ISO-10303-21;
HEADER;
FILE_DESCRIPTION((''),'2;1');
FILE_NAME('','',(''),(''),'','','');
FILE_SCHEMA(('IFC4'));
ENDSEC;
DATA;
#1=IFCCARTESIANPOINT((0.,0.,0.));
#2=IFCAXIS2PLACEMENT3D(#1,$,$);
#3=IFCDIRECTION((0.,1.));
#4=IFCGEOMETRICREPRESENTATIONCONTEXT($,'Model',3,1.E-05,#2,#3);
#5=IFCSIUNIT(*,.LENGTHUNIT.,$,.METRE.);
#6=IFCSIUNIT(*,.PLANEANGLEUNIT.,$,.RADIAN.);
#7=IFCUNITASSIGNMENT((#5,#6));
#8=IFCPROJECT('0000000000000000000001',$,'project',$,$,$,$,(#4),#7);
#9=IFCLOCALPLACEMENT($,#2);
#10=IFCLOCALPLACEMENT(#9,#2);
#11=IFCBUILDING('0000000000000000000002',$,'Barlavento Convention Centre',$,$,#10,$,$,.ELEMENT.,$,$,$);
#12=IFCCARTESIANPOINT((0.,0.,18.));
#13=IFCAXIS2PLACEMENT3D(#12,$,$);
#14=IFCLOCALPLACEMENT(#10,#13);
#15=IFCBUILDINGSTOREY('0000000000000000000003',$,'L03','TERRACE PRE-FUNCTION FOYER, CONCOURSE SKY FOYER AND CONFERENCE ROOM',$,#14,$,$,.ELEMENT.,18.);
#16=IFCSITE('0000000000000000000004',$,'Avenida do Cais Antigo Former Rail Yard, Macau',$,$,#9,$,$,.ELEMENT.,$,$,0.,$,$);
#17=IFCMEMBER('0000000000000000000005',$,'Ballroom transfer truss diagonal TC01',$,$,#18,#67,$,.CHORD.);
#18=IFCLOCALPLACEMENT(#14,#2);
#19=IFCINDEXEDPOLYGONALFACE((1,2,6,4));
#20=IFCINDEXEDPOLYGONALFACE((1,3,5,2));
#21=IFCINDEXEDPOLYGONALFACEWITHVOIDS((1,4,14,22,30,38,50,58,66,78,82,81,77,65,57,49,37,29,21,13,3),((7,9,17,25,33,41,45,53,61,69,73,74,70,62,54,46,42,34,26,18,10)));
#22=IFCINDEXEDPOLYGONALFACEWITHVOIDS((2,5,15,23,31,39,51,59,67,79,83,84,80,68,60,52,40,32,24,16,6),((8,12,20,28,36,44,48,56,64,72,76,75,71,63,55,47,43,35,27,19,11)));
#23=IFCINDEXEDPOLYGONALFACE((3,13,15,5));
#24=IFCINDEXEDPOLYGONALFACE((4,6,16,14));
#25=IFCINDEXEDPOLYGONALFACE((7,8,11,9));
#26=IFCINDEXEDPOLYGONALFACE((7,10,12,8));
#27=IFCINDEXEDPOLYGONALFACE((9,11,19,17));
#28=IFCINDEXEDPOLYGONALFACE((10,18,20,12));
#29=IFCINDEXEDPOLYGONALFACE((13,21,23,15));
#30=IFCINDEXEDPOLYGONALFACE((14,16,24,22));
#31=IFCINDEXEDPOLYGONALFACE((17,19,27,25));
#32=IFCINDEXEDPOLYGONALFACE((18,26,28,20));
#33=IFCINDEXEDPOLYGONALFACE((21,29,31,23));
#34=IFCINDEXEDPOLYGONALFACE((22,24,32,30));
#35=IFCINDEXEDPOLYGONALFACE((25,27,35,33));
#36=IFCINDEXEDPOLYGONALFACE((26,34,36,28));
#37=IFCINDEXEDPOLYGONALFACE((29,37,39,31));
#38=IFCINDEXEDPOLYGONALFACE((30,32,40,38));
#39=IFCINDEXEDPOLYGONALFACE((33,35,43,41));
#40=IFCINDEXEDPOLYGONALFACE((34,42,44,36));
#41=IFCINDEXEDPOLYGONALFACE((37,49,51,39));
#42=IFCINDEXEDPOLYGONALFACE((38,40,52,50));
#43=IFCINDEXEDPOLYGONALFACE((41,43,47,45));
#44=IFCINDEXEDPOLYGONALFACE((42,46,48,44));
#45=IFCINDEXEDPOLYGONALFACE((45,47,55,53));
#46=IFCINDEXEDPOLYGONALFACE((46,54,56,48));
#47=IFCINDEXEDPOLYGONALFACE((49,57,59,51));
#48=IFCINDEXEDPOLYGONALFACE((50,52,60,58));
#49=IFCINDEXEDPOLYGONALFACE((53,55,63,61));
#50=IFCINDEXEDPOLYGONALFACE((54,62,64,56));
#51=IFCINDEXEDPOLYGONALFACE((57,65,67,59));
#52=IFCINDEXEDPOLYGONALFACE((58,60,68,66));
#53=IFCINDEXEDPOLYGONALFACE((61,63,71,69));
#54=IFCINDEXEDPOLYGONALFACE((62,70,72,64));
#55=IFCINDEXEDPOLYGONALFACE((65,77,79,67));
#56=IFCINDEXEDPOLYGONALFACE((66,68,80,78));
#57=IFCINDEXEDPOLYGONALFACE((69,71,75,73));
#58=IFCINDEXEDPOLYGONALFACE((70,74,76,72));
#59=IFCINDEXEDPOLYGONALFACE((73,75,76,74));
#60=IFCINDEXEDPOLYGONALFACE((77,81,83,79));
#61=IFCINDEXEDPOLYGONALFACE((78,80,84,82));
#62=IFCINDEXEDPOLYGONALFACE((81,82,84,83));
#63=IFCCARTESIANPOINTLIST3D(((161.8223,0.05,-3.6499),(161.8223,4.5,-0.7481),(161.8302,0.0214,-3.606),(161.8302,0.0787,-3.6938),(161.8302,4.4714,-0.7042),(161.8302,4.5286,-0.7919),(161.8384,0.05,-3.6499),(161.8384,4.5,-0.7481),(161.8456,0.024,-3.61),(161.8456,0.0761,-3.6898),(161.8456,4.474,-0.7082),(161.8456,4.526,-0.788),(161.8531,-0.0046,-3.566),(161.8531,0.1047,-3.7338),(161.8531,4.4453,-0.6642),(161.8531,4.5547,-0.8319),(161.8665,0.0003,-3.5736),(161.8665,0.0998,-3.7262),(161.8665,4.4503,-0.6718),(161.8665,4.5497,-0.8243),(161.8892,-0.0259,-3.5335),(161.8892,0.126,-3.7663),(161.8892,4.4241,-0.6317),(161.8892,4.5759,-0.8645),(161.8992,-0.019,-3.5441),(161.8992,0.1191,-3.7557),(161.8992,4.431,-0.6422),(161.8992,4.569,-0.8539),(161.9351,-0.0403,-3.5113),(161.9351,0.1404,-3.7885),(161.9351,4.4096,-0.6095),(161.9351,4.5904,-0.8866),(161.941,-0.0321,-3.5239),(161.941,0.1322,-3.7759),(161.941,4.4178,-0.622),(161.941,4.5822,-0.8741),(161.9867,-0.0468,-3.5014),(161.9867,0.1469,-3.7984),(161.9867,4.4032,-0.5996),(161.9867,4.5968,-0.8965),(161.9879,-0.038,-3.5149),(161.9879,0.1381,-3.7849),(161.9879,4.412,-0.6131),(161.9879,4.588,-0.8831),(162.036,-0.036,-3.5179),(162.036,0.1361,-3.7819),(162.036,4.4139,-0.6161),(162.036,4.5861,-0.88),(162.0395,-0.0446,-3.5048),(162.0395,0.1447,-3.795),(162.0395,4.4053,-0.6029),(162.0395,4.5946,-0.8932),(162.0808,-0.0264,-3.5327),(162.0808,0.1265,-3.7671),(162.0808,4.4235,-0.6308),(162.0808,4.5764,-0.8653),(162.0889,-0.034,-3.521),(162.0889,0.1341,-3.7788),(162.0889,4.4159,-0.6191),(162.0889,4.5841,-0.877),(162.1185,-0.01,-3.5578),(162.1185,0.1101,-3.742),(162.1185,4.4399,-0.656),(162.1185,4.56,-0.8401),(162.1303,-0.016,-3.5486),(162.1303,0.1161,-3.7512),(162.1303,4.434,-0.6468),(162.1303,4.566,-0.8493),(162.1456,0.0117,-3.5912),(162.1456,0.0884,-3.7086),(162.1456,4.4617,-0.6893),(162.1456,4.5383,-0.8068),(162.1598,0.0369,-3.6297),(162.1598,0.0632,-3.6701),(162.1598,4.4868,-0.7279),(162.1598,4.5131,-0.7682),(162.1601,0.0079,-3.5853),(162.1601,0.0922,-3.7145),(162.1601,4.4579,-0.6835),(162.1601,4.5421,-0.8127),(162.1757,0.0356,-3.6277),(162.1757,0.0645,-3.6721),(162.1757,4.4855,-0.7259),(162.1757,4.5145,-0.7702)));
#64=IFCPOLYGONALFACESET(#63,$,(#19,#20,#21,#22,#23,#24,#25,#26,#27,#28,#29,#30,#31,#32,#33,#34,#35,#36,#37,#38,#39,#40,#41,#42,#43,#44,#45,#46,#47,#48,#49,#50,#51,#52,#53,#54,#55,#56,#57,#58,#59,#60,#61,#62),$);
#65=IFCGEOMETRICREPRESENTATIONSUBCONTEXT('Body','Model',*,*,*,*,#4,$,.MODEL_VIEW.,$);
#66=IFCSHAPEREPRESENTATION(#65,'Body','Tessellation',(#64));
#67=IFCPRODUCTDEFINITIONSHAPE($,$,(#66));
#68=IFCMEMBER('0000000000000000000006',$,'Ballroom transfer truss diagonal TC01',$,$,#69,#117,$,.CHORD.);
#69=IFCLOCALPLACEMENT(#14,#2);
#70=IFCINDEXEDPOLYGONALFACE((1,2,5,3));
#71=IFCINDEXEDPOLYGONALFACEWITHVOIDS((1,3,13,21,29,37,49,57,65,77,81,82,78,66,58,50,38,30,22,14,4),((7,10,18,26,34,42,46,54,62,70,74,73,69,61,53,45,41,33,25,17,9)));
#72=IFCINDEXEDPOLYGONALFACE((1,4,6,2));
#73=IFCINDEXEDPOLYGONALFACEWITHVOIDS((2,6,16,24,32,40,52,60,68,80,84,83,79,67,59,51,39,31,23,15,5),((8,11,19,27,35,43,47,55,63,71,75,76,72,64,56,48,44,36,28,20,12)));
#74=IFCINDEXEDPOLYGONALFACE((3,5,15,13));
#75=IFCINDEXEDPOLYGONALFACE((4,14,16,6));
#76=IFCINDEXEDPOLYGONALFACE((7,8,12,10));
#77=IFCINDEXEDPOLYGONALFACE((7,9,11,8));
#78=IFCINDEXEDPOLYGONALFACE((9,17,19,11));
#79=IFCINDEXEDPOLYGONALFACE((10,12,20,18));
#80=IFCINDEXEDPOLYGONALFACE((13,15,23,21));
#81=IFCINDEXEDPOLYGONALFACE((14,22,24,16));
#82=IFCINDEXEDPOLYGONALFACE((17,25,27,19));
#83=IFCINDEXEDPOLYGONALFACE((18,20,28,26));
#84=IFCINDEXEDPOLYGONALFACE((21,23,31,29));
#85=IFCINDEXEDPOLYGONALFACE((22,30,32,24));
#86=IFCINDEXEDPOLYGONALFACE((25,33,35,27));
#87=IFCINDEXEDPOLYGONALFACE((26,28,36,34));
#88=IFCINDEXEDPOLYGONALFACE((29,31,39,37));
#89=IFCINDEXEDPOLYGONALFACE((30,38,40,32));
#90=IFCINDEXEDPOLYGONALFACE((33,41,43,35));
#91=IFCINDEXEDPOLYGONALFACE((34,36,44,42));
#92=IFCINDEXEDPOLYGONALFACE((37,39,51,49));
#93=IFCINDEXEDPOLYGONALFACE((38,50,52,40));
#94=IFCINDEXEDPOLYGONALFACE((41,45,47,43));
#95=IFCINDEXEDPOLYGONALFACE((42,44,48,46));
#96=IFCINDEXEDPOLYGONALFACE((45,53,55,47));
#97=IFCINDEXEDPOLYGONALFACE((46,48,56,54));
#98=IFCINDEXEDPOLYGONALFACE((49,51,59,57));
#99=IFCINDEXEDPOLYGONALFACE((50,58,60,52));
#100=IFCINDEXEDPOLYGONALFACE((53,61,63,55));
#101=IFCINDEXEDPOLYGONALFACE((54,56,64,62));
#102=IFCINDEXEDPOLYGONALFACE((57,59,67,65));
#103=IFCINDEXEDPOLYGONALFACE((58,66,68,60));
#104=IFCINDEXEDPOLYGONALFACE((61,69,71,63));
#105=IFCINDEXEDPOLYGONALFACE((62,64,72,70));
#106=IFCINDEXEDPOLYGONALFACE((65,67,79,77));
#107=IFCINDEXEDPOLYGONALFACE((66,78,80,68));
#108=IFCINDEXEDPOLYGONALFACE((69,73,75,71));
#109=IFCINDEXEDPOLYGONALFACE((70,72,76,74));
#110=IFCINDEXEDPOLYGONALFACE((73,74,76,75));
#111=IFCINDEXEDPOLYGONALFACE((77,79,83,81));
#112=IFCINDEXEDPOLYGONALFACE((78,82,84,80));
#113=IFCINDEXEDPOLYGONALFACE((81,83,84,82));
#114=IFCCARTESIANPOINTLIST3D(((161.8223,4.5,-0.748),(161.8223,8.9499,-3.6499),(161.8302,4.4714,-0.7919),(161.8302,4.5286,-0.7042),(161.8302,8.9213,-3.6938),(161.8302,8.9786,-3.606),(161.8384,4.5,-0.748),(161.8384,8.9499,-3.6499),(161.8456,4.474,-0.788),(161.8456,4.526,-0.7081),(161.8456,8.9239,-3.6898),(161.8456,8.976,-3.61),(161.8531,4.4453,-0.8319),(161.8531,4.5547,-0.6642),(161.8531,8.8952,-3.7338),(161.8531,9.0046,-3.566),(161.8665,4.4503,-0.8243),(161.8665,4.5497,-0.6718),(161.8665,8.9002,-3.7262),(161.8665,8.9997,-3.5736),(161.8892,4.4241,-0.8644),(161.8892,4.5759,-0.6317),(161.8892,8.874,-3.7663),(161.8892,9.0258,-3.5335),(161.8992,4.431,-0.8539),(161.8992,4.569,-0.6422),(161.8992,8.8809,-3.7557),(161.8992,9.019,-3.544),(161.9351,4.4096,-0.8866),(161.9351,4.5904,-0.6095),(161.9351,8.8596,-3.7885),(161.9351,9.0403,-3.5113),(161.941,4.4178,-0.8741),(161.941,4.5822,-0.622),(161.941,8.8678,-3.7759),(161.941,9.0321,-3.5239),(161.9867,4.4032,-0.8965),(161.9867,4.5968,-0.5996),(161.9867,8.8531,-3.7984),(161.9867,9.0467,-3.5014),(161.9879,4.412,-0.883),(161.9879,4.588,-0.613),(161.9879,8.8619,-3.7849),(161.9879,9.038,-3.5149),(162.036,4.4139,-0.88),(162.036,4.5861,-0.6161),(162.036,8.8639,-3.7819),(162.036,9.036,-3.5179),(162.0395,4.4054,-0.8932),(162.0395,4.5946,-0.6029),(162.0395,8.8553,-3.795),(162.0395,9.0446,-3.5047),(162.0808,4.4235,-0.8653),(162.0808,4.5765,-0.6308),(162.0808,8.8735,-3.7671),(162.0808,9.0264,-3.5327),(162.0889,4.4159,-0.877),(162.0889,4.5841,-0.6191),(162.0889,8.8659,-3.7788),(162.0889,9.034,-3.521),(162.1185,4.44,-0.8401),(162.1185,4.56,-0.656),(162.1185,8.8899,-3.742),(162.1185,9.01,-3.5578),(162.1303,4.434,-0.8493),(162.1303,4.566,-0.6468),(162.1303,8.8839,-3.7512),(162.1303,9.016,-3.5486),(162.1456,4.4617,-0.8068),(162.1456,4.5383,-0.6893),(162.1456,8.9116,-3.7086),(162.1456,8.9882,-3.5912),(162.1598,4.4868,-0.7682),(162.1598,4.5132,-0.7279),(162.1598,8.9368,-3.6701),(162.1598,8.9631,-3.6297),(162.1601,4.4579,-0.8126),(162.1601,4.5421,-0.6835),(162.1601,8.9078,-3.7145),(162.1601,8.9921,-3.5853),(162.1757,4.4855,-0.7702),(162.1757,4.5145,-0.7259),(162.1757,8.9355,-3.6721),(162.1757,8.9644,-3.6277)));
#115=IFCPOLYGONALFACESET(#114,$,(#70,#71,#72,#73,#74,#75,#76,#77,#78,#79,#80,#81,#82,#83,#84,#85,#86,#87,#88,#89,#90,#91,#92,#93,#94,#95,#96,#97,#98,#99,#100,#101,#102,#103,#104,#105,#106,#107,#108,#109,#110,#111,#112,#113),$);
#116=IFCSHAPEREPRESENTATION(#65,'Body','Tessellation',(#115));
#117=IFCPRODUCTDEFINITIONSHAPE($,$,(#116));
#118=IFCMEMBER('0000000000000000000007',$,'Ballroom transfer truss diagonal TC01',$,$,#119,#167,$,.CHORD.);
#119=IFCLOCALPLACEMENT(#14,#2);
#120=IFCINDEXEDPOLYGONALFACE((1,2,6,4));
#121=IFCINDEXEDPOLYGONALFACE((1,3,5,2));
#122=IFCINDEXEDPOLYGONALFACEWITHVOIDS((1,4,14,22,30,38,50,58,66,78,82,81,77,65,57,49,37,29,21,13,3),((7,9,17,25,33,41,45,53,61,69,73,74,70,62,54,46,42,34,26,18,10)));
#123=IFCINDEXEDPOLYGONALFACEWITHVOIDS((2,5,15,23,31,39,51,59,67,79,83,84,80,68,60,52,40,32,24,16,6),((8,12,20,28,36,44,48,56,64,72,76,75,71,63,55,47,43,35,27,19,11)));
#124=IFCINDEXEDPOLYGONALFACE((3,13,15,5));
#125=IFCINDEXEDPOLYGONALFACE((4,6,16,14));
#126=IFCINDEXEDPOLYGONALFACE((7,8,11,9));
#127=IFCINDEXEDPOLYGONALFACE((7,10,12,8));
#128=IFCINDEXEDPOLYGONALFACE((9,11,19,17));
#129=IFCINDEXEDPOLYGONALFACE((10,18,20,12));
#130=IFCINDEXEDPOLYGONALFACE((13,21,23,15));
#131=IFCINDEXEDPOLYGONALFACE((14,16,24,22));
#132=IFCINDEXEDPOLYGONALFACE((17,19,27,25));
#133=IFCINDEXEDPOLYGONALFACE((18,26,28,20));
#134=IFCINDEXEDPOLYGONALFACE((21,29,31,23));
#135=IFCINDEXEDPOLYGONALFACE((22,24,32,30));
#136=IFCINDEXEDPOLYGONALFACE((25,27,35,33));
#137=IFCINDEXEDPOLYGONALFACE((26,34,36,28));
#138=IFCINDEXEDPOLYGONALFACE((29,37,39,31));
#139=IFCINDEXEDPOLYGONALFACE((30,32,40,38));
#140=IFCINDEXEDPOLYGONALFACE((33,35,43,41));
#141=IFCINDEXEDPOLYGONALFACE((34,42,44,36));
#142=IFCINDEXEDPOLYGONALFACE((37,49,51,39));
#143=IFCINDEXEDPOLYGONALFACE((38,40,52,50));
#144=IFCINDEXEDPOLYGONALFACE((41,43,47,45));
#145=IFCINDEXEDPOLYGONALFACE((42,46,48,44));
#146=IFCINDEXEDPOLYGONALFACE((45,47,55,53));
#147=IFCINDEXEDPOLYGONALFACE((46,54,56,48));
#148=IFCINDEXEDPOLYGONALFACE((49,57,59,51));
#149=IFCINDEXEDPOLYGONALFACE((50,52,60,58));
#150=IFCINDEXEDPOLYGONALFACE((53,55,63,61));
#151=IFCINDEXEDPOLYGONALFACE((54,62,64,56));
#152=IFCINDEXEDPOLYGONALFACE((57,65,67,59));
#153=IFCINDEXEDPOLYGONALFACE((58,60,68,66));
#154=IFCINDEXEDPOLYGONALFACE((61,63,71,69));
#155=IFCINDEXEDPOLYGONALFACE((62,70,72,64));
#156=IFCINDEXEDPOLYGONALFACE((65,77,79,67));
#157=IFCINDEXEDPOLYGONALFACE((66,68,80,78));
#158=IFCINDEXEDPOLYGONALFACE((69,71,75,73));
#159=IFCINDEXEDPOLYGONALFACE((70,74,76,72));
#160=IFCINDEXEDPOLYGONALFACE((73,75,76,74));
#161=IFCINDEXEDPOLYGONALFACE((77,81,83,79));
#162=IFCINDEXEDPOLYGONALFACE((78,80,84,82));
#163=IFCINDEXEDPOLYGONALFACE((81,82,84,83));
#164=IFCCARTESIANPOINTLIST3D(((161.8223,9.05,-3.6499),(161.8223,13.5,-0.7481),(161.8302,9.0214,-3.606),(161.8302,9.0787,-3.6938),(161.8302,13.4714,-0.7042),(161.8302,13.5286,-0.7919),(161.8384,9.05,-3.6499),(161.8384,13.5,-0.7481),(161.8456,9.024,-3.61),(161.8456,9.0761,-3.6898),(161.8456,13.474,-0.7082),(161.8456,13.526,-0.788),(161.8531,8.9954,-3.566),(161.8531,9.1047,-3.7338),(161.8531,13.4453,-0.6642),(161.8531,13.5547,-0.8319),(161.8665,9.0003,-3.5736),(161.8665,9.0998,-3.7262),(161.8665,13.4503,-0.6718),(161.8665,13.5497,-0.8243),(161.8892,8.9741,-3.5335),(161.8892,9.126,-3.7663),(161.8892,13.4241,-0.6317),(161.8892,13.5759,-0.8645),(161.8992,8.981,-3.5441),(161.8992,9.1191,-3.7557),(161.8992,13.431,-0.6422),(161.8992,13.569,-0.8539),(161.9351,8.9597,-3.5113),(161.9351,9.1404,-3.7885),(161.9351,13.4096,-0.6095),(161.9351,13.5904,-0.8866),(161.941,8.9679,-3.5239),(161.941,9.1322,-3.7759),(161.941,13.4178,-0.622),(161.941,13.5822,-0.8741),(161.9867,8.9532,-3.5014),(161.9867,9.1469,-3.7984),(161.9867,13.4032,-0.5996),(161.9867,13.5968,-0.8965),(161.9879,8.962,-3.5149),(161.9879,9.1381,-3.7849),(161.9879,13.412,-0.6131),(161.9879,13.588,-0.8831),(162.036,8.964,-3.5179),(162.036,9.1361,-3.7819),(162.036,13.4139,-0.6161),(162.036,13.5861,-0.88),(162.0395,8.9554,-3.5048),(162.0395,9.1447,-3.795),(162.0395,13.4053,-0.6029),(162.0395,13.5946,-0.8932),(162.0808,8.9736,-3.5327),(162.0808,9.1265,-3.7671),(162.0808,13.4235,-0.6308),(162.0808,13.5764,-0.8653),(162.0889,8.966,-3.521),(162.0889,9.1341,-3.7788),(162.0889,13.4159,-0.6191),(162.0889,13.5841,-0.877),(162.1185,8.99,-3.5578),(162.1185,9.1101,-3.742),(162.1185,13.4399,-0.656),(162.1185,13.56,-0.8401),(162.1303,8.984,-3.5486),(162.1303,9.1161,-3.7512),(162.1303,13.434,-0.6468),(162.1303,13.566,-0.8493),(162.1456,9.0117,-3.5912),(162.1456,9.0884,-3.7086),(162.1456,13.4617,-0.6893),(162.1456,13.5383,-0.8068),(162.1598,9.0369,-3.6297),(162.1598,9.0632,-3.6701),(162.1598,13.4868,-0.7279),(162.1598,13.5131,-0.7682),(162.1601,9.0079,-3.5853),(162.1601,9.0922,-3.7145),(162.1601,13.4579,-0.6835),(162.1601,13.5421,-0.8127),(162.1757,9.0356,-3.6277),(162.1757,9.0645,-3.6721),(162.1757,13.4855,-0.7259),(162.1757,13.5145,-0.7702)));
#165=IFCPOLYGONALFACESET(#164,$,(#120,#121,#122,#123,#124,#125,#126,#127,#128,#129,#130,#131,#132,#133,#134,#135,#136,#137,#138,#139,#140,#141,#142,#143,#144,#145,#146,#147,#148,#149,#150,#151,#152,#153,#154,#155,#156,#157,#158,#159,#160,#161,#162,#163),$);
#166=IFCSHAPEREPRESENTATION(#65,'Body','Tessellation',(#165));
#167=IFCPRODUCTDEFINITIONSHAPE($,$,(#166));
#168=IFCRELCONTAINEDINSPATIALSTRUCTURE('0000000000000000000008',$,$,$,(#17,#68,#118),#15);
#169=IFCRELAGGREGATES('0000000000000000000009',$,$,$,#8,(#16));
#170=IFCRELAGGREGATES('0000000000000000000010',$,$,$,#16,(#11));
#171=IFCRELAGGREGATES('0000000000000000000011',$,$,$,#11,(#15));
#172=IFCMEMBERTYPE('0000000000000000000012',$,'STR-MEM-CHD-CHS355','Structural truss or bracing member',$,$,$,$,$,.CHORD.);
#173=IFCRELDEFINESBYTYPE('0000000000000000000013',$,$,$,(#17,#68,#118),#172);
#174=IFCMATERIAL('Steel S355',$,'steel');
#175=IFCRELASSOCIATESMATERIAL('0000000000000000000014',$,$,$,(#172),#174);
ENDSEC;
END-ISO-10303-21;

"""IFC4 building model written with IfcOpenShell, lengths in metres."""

from ifc_helpers import new_model, si_unit, direction, frame, origin, origin_2d, place, context, subcontext, project, spatial, hollow_circle, extrude, material, material_profile, profile_set, type_object, element, save


model = new_model("IFC4")

# Units and contexts
model_context = context("Model", 3, precision=1e-05, world=origin(), true_north=direction((0.0, 1.0)))
body_context = subcontext(model_context, "Body", "Model", "MODEL_VIEW")
ifc_project = project(units=[si_unit("LENGTHUNIT", "METRE"), si_unit("PLANEANGLEUNIT", "RADIAN")], contexts=[model_context])

# Site, building, storey
site_placement = place(None, origin())
site = spatial("IfcSite", under=ifc_project, at=site_placement, Name="Avenida do Cais Antigo Former Rail Yard, Macau", CompositionType="ELEMENT", RefElevation=0.0)
building_placement = place(site_placement, origin())
building = spatial("IfcBuilding", under=site, at=building_placement, Name="Barlavento Convention Centre", CompositionType="ELEMENT")
storey_placement = place(building_placement, frame((0.0, 0.0, 18.0)))
storey = spatial("IfcBuildingStorey", under=building, at=storey_placement, Name="L03", Description="TERRACE PRE-FUNCTION FOYER, CONCOURSE SKY FOYER AND CONFERENCE ROOM", CompositionType="ELEMENT", Elevation=18.0)

# Shared definitions
ifc_material_1 = material(Name="Steel S355", Category="steel")

# Members
ifc_material_profile_1 = material_profile(ifc_material_1, hollow_circle(Radius=0.1777, WallThickness=0.0161, at=origin_2d()), Name="CHS 355.6x16.0")
ifc_profile_set_1 = profile_set([ifc_material_profile_1], Name="Steel S355")
member_type_1 = type_object("IfcMemberType", Name="STR-MEM-CHD-CHS355", Description="Structural truss or bracing member", PredefinedType="CHORD", material=ifc_profile_set_1)
for number, where, z_axis, x_axis, name in (
    (1, (162.0, 0.05, -3.6499), (0.0, 0.837635, 0.54623), (-1.0, 0.0, 0.0), "Ballroom transfer truss diagonal TC01"),
    (2, (162.0, 4.5, -0.748), (0.0, 0.837635, -0.54623), (-1.0, 0.0, 0.0), "Ballroom transfer truss diagonal TC01"),
    (3, (162.0, 9.05, -3.6499), (0.0, 0.837635, 0.54623), (-1.0, 0.0, 0.0), "Ballroom transfer truss diagonal TC01"),
):
    element("IfcMember", number, at=place(storey_placement, frame(where, z_axis=z_axis, x_axis=x_axis)), inside=storey, type_object=member_type_1, Name=name, PredefinedType="CHORD", context=body_context, shape_type="SweptSolid", body=[
        extrude(hollow_circle(Radius=0.1777, WallThickness=0.0161, at=origin_2d()), origin(), (0.0, 0.0, 1.0), 5.3125),
    ])

save(model, "model.ifc")
